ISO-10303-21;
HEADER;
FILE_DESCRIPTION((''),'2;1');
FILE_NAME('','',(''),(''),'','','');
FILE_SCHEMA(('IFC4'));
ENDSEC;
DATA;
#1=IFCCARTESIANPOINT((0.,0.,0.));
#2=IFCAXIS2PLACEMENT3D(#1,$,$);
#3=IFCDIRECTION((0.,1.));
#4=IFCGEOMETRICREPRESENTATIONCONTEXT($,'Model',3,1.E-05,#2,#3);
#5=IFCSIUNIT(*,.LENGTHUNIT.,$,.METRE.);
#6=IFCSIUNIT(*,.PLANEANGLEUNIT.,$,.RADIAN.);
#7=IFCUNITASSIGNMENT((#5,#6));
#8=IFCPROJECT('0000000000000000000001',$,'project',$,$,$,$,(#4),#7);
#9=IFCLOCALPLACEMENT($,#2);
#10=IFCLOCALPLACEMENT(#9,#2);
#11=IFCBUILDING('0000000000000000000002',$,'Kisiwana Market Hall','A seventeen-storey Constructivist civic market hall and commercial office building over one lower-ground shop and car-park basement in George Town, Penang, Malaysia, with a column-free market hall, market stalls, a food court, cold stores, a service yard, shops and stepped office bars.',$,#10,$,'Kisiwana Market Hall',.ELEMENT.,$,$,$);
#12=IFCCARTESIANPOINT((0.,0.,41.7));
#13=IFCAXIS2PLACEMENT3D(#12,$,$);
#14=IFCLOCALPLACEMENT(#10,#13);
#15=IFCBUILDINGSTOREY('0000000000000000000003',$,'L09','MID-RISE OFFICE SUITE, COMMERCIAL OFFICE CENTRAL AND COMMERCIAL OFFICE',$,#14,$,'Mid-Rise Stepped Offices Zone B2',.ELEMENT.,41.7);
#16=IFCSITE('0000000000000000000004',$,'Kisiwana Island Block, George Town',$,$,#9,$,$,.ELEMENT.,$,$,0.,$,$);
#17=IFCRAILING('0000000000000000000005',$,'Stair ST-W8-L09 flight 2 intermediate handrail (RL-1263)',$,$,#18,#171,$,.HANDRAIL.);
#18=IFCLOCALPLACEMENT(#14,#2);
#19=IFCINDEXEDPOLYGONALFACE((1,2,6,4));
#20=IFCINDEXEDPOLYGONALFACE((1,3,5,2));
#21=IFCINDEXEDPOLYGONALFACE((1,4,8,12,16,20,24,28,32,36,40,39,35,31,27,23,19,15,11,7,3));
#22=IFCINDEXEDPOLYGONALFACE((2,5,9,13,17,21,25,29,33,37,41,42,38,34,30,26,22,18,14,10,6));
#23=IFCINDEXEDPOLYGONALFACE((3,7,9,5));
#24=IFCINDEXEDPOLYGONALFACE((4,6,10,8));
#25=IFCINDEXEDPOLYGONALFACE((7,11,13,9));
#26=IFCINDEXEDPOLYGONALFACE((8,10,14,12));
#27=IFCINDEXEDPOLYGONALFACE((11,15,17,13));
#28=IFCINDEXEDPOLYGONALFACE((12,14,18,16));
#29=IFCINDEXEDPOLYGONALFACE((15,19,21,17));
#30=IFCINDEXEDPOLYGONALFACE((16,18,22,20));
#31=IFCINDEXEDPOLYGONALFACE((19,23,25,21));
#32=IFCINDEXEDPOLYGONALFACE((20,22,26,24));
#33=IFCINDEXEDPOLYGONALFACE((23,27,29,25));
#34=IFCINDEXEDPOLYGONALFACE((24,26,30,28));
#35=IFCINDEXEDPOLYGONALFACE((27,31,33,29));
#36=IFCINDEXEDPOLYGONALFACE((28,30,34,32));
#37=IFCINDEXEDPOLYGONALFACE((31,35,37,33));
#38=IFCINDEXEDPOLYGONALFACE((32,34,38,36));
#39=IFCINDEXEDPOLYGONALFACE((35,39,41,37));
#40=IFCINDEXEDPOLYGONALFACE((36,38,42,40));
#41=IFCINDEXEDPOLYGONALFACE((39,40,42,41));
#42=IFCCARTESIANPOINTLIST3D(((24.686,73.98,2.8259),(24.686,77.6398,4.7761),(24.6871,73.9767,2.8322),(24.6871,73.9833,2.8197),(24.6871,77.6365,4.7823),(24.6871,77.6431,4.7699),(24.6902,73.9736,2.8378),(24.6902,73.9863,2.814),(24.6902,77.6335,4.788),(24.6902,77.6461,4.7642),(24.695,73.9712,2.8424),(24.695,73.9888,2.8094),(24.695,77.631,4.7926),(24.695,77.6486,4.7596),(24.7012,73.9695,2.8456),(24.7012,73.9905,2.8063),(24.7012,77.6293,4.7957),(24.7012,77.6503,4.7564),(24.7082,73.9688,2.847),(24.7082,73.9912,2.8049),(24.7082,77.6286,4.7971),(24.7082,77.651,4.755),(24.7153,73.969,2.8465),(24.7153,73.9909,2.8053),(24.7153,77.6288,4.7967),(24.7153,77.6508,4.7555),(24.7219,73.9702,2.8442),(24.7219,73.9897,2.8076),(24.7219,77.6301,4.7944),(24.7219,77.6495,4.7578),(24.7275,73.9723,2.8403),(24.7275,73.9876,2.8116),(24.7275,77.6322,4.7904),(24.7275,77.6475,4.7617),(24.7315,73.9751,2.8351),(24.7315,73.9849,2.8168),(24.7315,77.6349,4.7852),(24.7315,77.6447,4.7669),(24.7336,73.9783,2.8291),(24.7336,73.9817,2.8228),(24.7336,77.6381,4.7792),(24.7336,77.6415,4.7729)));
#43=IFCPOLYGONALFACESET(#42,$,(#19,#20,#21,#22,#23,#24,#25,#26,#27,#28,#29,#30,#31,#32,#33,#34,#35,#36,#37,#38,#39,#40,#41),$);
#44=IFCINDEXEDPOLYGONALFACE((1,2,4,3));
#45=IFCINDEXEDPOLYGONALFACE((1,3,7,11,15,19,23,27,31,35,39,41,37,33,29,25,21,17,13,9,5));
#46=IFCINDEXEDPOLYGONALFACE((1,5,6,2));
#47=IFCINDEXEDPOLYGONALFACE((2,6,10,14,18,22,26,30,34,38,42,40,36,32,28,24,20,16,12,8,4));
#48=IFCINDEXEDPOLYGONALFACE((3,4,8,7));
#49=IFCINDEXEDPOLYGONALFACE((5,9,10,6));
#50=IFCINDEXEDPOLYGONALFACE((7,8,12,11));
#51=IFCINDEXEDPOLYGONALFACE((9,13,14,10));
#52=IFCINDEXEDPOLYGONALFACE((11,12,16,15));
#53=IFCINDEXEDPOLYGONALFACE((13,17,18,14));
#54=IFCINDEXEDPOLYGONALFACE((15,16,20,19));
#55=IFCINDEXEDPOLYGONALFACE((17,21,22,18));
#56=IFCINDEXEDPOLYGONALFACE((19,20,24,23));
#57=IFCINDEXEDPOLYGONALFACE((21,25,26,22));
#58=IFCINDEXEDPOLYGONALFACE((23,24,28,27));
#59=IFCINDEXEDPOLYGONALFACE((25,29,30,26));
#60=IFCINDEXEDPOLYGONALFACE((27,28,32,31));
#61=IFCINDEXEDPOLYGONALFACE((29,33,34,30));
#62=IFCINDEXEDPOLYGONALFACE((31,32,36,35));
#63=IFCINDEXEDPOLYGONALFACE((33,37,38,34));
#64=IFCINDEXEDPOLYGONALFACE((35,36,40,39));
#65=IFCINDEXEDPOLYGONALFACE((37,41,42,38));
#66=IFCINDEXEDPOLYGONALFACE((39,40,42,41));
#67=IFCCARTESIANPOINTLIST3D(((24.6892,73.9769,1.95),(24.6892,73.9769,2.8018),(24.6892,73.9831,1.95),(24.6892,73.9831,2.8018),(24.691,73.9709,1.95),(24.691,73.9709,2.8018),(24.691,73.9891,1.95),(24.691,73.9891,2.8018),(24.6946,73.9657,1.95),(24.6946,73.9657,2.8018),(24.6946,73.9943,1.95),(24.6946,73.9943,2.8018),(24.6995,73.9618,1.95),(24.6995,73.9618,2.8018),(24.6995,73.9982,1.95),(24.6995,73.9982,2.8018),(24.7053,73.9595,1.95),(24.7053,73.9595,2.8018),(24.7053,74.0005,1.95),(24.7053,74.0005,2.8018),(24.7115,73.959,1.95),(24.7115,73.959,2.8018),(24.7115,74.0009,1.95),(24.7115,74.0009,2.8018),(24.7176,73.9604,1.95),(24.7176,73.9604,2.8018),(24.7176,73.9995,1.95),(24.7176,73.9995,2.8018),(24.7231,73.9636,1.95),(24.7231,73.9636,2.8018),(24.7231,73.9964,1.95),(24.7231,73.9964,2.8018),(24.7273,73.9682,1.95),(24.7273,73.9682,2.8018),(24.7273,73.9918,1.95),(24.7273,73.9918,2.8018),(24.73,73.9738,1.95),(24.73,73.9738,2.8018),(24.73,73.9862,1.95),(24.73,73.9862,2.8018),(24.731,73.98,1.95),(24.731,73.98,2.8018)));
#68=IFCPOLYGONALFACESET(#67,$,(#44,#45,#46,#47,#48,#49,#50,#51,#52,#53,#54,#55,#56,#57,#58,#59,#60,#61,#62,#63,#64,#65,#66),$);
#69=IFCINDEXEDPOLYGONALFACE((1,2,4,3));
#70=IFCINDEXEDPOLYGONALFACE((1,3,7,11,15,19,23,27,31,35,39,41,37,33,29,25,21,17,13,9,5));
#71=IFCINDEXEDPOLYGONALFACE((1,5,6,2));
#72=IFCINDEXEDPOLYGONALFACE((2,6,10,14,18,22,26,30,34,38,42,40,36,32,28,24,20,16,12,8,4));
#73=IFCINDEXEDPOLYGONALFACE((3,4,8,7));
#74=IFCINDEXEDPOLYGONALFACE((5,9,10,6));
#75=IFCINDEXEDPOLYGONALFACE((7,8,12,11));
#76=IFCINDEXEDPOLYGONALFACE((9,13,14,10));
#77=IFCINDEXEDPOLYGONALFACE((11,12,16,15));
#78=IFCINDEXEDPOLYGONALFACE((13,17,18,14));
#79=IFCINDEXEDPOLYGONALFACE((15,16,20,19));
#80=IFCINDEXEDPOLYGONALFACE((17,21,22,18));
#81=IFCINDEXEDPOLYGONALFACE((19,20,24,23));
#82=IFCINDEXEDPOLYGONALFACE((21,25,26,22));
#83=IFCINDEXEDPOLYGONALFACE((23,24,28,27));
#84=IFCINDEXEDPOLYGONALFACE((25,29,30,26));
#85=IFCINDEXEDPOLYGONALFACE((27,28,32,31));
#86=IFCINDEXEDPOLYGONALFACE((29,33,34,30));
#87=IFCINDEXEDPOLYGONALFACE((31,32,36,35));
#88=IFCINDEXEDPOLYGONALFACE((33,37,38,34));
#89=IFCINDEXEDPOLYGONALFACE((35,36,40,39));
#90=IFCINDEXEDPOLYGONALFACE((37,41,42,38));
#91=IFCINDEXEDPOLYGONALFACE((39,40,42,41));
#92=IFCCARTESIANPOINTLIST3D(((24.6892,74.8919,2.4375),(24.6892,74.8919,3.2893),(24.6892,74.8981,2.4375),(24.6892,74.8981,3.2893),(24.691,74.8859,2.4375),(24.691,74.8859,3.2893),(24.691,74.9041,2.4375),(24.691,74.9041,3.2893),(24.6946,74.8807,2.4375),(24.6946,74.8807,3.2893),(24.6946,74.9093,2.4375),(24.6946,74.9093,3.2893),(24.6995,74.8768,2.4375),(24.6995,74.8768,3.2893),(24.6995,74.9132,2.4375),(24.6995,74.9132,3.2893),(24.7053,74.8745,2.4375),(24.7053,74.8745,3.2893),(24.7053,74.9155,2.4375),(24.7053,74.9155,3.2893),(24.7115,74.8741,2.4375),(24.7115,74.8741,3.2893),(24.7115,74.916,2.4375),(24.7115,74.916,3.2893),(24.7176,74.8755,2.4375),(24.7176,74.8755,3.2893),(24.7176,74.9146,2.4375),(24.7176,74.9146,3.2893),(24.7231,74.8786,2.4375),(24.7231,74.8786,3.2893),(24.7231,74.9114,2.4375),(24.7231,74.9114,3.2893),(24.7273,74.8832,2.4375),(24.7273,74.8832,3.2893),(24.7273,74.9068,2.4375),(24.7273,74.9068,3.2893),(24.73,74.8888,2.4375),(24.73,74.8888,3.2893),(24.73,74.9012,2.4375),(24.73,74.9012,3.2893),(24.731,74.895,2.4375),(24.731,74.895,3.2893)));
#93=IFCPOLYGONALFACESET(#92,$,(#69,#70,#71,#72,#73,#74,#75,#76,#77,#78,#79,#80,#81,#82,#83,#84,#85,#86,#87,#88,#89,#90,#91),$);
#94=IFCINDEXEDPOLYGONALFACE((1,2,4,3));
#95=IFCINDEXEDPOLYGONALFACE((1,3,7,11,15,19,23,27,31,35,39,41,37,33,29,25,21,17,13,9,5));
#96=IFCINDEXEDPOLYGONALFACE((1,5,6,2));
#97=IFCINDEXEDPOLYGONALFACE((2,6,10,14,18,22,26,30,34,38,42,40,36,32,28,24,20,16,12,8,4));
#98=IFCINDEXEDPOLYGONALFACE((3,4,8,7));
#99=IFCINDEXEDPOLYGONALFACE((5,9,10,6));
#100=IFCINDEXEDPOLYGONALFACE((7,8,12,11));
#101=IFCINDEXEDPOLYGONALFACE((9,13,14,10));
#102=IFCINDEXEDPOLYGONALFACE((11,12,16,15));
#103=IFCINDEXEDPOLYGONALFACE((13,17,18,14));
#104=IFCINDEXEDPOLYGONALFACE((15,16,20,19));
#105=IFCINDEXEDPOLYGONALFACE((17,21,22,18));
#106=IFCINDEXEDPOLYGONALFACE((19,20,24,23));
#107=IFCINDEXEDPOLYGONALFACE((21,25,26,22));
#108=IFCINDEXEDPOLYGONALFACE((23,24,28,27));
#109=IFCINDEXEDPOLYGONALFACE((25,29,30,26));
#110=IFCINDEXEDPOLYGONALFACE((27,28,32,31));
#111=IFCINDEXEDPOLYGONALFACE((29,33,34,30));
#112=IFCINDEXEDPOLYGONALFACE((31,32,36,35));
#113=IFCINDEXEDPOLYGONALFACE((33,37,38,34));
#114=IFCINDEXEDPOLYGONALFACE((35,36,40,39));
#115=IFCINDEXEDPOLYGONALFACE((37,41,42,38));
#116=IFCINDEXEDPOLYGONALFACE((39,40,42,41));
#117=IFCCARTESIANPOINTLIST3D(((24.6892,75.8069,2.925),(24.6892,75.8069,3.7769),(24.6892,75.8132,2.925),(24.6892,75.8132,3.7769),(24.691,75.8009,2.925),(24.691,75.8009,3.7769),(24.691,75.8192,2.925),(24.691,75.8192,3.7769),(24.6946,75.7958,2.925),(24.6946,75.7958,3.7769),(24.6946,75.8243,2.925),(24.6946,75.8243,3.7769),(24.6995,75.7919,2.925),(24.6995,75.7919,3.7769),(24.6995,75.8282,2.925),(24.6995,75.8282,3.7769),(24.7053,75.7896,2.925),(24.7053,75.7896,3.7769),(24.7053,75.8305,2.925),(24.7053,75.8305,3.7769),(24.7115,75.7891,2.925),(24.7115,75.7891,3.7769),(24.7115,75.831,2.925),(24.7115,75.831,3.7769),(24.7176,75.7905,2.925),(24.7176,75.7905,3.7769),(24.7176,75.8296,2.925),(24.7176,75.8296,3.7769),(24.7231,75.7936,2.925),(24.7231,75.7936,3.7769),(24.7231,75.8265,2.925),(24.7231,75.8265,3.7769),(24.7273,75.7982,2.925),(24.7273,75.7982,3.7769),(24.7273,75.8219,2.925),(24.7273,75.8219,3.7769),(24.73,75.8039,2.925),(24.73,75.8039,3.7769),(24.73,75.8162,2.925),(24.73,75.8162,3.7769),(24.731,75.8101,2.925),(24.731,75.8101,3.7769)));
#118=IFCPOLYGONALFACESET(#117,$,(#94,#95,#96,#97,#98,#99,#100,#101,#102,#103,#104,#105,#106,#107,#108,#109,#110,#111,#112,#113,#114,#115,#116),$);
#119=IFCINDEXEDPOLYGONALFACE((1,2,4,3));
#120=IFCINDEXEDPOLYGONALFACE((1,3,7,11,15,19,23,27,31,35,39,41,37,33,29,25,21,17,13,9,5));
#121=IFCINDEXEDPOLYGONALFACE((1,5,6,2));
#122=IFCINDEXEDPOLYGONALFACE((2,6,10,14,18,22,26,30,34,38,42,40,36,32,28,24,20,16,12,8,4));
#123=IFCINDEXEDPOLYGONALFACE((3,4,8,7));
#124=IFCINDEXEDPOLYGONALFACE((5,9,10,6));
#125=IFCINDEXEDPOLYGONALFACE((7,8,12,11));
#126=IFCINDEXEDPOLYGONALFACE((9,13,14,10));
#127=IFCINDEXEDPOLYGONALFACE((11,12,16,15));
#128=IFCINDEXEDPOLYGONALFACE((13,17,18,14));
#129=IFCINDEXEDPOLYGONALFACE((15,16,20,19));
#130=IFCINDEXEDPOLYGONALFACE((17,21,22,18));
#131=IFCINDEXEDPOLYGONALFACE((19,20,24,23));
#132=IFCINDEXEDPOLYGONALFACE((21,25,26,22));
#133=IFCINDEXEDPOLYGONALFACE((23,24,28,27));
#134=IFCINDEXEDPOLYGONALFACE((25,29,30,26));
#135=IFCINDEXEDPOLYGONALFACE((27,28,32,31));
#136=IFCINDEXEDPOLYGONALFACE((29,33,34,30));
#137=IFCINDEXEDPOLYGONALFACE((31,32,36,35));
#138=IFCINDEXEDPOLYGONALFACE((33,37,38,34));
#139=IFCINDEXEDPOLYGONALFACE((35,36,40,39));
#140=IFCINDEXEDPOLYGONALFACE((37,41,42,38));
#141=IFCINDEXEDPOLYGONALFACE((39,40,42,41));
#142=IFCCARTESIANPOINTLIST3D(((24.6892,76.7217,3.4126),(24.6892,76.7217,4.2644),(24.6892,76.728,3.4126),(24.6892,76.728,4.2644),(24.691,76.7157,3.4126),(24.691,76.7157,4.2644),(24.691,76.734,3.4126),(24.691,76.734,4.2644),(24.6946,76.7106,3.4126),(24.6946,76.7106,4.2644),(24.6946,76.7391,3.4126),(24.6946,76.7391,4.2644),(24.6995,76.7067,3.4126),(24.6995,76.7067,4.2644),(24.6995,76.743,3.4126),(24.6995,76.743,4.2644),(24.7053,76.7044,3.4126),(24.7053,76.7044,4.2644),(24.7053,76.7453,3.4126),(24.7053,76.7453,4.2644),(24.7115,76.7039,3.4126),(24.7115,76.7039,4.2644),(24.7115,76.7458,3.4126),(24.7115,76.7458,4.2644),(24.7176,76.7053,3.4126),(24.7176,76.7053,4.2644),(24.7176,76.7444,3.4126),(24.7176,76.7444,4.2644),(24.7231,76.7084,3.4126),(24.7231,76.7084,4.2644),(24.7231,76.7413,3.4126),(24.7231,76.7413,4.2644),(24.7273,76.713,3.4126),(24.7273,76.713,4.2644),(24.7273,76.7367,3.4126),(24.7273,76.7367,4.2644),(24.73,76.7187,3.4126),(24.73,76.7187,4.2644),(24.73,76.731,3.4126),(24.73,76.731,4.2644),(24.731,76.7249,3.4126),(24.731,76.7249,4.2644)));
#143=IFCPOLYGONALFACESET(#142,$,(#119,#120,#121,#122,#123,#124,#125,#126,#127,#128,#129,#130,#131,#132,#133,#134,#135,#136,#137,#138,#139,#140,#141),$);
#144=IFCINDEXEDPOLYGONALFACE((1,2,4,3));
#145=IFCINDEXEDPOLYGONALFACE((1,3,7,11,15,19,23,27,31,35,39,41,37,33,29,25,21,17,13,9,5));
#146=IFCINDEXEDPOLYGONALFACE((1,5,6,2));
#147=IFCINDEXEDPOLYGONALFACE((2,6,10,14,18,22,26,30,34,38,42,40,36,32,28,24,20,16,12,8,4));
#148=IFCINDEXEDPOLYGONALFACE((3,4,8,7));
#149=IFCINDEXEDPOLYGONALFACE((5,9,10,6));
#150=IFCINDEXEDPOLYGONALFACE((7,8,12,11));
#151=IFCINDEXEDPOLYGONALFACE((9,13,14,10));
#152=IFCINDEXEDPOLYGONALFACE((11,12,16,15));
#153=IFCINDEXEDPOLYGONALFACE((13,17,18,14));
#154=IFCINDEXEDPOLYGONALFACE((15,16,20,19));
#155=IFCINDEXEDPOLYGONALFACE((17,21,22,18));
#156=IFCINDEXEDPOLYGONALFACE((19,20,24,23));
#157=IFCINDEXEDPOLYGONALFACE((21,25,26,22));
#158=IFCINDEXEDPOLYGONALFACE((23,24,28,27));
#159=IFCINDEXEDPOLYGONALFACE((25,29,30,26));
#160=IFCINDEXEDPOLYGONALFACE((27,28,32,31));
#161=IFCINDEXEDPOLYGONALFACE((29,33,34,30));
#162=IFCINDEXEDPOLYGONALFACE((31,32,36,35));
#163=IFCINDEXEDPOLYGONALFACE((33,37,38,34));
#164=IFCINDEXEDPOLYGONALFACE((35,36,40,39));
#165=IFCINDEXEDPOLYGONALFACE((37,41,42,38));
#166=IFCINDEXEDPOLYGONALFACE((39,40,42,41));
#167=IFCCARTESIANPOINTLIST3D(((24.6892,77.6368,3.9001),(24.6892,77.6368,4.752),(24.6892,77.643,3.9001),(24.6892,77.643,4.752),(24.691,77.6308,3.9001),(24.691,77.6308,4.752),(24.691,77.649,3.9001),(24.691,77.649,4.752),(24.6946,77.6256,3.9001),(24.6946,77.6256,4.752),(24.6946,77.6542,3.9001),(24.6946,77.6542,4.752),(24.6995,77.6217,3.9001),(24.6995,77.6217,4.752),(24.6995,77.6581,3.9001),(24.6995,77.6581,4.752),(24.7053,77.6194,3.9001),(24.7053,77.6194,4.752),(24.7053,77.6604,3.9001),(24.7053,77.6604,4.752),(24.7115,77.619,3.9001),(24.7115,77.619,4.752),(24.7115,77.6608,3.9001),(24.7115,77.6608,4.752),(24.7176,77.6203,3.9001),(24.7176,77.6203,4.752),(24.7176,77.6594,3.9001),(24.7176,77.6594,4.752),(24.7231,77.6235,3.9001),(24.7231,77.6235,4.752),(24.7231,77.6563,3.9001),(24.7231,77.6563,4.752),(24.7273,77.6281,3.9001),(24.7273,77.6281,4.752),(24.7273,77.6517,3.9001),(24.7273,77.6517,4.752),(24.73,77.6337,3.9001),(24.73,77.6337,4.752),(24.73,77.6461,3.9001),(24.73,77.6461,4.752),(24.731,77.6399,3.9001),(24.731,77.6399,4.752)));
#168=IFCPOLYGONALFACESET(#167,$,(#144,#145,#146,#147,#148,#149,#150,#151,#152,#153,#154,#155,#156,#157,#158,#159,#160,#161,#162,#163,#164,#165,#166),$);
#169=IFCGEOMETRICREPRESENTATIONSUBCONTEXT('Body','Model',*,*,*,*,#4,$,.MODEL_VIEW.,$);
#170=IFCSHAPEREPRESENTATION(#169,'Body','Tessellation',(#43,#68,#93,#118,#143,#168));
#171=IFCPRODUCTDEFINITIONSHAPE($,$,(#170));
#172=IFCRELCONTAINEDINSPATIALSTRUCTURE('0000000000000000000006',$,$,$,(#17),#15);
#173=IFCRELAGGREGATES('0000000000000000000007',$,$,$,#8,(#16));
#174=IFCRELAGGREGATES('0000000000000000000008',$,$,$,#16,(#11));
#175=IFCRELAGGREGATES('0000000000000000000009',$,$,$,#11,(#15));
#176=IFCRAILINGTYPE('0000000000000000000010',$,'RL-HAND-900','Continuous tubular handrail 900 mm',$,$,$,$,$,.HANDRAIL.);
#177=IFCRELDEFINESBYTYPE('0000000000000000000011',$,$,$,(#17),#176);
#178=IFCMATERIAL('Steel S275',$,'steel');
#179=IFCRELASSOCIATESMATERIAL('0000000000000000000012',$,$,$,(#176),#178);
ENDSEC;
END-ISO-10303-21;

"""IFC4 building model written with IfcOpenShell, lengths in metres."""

from ifc_helpers import new_model, si_unit, direction, frame, origin, origin_2d, place, context, subcontext, project, spatial, circle, extrude, material, type_object, element, save


model = new_model("IFC4")

# Units and contexts
model_context = context("Model", 3, precision=1e-05, world=origin(), true_north=direction((0.0, 1.0)))
body_context = subcontext(model_context, "Body", "Model", "MODEL_VIEW")
ifc_project = project(units=[si_unit("LENGTHUNIT", "METRE"), si_unit("PLANEANGLEUNIT", "RADIAN")], contexts=[model_context])

# Site, building, storey
site_placement = place(None, origin())
site = spatial("IfcSite", under=ifc_project, at=site_placement, Name="Kisiwana Island Block, George Town", CompositionType="ELEMENT", RefElevation=0.0)
building_placement = place(site_placement, origin())
building = spatial("IfcBuilding", under=site, at=building_placement, Name="Kisiwana Market Hall", Description="A seventeen-storey Constructivist civic market hall and commercial office building over one lower-ground shop and car-park basement in George Town, Penang, Malaysia, with a column-free market hall, market stalls, a food court, cold stores, a service yard, shops and stepped office bars.", LongName="Kisiwana Market Hall", CompositionType="ELEMENT")
storey_placement = place(building_placement, frame((0.0, 0.0, 41.7)))
storey = spatial("IfcBuildingStorey", under=building, at=storey_placement, Name="L09", Description="MID-RISE OFFICE SUITE, COMMERCIAL OFFICE CENTRAL AND COMMERCIAL OFFICE", LongName="Mid-Rise Stepped Offices Zone B2", CompositionType="ELEMENT", Elevation=41.7)

# Railing
ifc_material_1 = material(Name="Steel S275", Category="steel")
railing_type_1 = type_object("IfcRailingType", Name="RL-HAND-900", Description="Continuous tubular handrail 900 mm", PredefinedType="HANDRAIL", material=ifc_material_1)
railing_1_placement = place(storey_placement, frame((24.71, 73.98, 1.95)))
element("IfcRailing", 1, at=railing_1_placement, inside=storey, type_object=railing_type_1, Name="Stair ST-W8-L09 flight 2 intermediate handrail (RL-1263)", PredefinedType="HANDRAIL", context=body_context, shape_type="SweptSolid", body=[
    extrude(circle(Radius=0.0239, at=origin_2d()), frame((0.0, 0.0, 0.876), z_axis=(0.0, 0.882529, 0.470258), x_axis=(-1.0, 0.0, 0.0)), (0.0, 0.0, 1.0), 4.147),
    extrude(circle(Radius=0.021, at=origin_2d()), origin(), (0.0, 0.0, 1.0), 0.8518),
    extrude(circle(Radius=0.021, at=origin_2d()), frame((0.0, 0.915, 0.4875)), (0.0, 0.0, 1.0), 0.8518),
    extrude(circle(Radius=0.021, at=origin_2d()), frame((0.0, 1.8301, 0.9751)), (0.0, 0.0, 1.0), 0.8518),
    extrude(circle(Radius=0.021, at=origin_2d()), frame((0.0, 2.7449, 1.4626)), (0.0, 0.0, 1.0), 0.8518),
    extrude(circle(Radius=0.021, at=origin_2d()), frame((0.0, 3.6599, 1.9502)), (0.0, 0.0, 1.0), 0.8518),
])

save(model, "model.ifc")
